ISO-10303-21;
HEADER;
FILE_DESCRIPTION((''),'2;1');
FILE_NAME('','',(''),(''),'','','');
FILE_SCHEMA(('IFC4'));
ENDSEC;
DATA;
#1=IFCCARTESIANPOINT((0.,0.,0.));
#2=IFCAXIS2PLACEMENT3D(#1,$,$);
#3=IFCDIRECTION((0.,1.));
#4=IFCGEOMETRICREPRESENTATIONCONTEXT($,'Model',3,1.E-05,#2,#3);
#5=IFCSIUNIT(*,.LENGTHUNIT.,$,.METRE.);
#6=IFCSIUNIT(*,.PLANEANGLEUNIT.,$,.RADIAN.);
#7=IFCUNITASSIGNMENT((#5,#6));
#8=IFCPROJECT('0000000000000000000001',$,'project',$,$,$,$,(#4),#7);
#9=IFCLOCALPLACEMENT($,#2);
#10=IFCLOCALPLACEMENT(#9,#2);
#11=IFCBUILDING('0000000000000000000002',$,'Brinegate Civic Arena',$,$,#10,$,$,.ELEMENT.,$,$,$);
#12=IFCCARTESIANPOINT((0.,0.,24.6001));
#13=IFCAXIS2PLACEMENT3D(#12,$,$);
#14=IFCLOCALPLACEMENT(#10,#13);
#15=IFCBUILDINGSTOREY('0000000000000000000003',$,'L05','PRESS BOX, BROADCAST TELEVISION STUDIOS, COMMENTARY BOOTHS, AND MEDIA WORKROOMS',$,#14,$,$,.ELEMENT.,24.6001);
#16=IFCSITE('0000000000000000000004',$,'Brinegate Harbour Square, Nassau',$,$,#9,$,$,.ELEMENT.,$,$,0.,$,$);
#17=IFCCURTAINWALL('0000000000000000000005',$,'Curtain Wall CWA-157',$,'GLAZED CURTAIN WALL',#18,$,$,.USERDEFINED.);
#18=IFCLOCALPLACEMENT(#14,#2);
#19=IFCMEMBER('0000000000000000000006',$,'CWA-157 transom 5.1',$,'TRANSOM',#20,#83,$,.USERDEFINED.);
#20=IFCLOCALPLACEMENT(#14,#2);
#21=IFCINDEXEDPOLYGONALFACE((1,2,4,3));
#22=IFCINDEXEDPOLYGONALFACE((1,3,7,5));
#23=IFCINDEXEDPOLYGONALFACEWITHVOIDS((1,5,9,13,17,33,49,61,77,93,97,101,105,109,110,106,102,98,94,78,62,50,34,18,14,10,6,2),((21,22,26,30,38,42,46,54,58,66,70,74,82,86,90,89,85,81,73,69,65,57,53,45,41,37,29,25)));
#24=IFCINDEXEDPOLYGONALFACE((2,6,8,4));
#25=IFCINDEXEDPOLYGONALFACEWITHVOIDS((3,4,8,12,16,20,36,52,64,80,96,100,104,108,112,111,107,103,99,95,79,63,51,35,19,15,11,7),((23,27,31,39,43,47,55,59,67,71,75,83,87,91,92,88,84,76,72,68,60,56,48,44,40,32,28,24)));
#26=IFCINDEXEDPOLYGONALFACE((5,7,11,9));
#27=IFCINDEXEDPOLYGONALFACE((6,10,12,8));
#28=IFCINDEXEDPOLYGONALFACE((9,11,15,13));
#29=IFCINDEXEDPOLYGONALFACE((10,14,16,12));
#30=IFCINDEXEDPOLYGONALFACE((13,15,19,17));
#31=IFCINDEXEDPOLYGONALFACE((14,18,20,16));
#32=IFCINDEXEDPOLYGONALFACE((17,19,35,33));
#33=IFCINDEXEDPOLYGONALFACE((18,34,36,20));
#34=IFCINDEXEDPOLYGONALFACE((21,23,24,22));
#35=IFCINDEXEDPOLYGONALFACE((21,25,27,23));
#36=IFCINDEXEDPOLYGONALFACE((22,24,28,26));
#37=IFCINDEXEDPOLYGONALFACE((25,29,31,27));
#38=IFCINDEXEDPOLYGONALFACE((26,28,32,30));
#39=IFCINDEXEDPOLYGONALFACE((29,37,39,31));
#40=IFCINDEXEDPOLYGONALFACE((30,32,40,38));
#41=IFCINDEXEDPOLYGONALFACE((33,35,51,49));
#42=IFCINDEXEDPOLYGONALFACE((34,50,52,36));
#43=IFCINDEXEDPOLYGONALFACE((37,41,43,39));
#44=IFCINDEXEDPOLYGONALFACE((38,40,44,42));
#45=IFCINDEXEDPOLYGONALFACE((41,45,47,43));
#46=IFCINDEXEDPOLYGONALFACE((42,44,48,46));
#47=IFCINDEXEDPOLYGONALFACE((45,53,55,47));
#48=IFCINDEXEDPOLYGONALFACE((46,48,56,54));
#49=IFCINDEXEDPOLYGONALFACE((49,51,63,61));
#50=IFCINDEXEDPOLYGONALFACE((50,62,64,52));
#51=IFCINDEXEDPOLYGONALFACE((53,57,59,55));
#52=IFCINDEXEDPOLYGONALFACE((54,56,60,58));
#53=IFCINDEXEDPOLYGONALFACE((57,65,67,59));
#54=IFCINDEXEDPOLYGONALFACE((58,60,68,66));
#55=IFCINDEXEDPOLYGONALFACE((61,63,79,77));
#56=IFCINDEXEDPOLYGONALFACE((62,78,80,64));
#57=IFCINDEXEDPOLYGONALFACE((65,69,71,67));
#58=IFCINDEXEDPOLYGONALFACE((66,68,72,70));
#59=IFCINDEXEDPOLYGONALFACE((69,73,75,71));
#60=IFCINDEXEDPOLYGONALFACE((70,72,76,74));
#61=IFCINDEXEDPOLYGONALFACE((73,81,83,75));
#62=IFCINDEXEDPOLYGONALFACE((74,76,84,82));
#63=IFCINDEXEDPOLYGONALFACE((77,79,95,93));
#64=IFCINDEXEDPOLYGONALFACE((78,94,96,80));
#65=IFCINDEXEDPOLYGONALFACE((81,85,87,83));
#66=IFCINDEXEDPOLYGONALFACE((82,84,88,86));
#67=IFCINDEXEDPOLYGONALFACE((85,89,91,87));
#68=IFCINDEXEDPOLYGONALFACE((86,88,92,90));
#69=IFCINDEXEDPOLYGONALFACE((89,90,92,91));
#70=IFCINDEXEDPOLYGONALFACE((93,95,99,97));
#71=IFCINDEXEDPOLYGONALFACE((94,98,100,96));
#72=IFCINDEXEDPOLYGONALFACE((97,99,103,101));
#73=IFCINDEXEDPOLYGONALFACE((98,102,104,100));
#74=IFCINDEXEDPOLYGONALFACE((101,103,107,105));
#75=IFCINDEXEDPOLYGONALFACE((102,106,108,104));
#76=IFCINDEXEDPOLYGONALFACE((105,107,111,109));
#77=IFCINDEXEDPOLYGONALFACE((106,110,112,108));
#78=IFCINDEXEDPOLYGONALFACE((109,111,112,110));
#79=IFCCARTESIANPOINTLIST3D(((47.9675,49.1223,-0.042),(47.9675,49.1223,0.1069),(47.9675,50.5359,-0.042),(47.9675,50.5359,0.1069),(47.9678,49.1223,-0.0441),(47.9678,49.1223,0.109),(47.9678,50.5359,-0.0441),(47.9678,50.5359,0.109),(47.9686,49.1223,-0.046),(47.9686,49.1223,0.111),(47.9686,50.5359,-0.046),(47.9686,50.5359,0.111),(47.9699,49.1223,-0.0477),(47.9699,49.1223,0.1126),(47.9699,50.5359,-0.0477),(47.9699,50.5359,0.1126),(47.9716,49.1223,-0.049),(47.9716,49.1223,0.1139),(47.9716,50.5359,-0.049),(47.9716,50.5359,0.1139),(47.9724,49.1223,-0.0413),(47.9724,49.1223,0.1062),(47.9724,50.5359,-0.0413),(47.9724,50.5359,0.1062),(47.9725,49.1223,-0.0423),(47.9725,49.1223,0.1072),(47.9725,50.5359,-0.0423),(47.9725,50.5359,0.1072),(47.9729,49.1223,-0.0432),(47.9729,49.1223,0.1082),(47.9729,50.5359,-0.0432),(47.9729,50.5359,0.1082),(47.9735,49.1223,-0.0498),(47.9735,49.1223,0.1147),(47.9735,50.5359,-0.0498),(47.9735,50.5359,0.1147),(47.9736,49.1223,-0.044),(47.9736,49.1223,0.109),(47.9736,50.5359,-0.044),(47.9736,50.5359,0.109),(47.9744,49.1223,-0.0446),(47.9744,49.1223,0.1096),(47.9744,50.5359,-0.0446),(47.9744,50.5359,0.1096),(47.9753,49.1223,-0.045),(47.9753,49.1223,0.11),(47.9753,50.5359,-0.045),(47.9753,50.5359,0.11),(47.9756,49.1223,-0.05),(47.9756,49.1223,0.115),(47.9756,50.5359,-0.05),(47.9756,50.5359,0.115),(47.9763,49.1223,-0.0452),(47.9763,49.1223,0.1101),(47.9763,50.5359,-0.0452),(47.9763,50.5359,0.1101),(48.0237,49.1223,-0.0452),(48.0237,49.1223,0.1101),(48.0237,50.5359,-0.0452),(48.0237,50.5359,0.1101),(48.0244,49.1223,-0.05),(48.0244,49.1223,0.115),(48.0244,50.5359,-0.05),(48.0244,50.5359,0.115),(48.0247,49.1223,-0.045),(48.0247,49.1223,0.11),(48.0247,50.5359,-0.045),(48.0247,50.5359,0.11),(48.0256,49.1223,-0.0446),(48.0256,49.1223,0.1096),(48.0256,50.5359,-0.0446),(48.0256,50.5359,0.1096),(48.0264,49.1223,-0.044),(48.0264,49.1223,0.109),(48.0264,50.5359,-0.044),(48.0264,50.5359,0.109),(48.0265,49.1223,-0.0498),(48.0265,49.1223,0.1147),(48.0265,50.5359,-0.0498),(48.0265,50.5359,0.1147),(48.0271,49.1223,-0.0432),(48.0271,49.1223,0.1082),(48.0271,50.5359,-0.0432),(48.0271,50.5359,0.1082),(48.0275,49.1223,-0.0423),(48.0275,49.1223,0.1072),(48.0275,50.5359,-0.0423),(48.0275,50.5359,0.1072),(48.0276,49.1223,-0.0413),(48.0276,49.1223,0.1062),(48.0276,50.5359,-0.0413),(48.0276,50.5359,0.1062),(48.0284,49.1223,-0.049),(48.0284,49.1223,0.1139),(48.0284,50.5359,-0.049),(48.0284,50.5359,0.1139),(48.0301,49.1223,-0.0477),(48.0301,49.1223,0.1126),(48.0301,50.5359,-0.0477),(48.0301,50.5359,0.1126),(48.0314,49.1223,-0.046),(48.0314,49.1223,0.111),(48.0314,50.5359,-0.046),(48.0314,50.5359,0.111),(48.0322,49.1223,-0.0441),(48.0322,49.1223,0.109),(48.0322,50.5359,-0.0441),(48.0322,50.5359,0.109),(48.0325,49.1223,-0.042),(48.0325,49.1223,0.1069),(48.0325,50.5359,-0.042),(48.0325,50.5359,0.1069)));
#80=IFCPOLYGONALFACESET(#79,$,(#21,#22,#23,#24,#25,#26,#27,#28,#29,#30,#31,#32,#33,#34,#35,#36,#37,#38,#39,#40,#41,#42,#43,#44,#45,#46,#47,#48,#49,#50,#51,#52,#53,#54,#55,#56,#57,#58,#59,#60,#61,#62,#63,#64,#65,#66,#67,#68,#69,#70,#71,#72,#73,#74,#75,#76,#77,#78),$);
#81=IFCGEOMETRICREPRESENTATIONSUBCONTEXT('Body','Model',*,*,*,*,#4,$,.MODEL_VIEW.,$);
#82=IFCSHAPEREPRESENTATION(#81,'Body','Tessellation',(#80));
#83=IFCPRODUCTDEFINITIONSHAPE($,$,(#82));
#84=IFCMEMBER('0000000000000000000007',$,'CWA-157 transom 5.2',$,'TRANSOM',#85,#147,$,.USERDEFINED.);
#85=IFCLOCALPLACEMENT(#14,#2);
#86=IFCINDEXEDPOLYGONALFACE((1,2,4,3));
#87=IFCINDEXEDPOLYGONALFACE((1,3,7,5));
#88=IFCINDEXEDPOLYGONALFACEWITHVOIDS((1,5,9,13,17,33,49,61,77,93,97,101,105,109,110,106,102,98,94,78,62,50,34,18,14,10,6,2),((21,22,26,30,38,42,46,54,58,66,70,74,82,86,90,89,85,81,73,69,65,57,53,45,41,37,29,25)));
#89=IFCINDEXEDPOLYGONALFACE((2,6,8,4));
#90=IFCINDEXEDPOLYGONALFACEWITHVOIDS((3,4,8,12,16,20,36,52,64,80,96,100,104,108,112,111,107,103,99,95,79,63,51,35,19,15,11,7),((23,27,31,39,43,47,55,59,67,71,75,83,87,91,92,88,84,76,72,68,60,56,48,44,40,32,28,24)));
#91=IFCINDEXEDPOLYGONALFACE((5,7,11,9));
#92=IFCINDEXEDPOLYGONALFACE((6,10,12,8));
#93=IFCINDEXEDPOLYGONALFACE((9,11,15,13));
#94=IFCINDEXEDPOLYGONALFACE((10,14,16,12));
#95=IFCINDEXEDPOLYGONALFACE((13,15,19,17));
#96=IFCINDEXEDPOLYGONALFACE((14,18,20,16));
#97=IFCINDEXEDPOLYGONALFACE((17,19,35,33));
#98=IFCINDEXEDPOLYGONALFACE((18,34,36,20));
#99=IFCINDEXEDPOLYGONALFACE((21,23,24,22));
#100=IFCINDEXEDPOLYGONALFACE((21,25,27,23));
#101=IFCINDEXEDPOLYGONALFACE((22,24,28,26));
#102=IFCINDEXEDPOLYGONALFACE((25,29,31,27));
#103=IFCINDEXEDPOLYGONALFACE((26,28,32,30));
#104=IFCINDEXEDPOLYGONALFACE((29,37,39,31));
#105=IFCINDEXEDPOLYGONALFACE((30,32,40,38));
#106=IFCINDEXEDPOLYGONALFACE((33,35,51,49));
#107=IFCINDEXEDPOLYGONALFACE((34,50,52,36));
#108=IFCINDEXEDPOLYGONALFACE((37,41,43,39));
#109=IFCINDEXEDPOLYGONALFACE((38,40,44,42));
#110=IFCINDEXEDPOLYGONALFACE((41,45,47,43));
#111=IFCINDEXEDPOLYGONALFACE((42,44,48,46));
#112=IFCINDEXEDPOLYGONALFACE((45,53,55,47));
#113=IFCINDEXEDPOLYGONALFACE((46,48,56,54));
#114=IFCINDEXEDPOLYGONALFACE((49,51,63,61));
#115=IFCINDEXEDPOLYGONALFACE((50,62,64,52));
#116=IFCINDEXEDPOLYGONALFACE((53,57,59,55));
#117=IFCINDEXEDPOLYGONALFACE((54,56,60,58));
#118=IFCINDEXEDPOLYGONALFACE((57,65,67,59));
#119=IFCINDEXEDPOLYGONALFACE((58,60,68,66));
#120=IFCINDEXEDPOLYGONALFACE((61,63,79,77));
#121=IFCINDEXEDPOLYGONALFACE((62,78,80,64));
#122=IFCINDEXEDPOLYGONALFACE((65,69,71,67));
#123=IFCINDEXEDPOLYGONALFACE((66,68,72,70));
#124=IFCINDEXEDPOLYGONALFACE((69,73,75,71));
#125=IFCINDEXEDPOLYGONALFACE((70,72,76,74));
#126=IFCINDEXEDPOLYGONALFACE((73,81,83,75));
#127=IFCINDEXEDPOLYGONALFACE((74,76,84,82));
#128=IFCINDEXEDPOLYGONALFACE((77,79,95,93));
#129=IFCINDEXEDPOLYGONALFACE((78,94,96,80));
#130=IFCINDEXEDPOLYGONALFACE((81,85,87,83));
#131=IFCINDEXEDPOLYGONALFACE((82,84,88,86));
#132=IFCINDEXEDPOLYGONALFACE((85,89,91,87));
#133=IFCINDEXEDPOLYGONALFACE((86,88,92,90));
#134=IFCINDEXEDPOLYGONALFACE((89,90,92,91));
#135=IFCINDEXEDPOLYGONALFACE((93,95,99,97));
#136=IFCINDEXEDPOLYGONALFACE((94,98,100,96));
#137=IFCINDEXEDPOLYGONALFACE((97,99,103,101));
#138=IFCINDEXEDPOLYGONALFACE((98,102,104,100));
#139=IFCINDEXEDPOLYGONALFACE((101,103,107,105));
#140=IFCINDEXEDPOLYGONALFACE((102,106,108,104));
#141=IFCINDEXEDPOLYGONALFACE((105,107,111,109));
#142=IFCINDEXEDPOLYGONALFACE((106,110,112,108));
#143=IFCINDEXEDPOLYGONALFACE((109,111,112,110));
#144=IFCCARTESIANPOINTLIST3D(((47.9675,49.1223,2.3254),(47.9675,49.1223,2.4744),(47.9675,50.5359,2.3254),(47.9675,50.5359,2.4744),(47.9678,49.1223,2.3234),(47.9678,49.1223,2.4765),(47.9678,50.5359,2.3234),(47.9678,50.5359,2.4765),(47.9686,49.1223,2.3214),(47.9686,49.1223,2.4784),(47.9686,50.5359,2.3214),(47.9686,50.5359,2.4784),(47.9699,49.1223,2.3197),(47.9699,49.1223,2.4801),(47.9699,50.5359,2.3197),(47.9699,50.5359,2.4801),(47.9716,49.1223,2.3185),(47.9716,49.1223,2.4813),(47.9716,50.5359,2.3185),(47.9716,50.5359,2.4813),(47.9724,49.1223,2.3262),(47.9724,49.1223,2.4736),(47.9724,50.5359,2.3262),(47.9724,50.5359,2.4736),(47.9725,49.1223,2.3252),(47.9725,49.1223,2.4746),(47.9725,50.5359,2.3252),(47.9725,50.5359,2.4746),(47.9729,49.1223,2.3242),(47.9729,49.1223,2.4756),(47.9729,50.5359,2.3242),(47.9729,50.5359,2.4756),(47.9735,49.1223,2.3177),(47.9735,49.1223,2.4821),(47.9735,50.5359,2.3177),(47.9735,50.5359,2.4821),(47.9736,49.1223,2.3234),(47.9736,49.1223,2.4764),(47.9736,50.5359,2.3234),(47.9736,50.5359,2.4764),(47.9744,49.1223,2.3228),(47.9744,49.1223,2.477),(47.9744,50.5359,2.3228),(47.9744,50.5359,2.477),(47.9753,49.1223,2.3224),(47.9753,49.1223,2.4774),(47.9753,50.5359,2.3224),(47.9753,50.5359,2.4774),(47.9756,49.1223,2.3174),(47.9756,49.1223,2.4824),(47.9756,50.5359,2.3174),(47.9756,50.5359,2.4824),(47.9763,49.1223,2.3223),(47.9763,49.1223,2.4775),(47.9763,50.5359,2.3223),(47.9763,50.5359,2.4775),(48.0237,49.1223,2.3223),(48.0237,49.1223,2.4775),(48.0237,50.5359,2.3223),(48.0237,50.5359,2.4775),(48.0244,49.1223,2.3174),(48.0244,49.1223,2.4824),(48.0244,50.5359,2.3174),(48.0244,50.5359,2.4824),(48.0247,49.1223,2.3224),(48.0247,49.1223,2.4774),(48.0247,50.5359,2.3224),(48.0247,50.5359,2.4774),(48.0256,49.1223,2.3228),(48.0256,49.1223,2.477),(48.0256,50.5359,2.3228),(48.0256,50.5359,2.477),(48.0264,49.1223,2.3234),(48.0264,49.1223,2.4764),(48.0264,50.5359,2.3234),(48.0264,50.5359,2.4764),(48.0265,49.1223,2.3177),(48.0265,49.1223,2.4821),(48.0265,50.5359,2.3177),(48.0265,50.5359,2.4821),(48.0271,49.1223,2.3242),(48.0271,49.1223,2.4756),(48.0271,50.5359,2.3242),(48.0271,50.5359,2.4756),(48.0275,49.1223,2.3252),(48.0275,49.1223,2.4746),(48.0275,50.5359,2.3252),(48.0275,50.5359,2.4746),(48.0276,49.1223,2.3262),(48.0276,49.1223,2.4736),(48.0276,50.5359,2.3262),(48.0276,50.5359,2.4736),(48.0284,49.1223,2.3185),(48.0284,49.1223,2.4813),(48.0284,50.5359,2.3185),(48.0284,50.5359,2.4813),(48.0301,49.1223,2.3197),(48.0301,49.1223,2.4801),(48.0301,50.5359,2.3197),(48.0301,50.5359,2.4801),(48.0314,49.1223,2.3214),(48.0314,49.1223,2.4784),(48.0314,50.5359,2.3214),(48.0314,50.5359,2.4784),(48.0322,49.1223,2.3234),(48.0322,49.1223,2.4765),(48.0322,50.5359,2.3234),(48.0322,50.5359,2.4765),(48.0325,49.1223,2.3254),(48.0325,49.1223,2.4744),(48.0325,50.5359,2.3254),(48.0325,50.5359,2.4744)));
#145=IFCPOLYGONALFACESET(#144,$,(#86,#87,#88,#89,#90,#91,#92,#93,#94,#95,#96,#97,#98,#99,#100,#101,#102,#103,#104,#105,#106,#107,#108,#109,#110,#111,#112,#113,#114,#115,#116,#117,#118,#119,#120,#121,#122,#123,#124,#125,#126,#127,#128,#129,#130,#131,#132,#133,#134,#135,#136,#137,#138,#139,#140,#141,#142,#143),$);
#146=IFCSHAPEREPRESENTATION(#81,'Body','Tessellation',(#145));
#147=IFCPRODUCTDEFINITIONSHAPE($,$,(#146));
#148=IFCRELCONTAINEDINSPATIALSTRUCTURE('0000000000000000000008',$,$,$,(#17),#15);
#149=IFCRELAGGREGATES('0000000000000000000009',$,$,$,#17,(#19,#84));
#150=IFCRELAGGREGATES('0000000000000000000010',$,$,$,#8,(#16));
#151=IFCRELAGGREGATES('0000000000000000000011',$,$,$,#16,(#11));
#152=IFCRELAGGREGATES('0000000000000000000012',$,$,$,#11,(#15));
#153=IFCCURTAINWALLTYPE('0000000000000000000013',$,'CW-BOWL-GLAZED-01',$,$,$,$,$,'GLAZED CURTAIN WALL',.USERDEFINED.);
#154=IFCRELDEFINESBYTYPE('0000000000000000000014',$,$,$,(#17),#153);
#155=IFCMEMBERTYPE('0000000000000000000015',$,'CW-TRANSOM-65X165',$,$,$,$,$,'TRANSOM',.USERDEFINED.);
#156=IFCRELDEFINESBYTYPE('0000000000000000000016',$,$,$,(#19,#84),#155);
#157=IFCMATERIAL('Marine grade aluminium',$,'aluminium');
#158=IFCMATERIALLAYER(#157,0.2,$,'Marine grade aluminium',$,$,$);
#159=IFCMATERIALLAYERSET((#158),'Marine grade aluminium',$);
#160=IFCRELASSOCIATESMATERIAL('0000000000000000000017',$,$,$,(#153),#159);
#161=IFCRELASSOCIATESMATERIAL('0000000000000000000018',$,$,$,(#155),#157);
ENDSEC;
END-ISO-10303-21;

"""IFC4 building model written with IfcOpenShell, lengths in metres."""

from ifc_helpers import new_model, si_unit, direction, frame, origin, origin_2d, place, context, subcontext, project, spatial, hollow_rectangle, extrude, material, layer, layer_set, material_profile, profile_set, type_object, element, aggregate, save


model = new_model("IFC4")

# Units and contexts
model_context = context("Model", 3, precision=1e-05, world=origin(), true_north=direction((0.0, 1.0)))
body_context = subcontext(model_context, "Body", "Model", "MODEL_VIEW")
ifc_project = project(units=[si_unit("LENGTHUNIT", "METRE"), si_unit("PLANEANGLEUNIT", "RADIAN")], contexts=[model_context])

# Site, building, storey
site_placement = place(None, origin())
site = spatial("IfcSite", under=ifc_project, at=site_placement, Name="Brinegate Harbour Square, Nassau", CompositionType="ELEMENT", RefElevation=0.0)
building_placement = place(site_placement, origin())
building = spatial("IfcBuilding", under=site, at=building_placement, Name="Brinegate Civic Arena", CompositionType="ELEMENT")
storey_placement = place(building_placement, frame((0.0, 0.0, 24.6001)))
storey = spatial("IfcBuildingStorey", under=building, at=storey_placement, Name="L05", Description="PRESS BOX, BROADCAST TELEVISION STUDIOS, COMMENTARY BOOTHS, AND MEDIA WORKROOMS", CompositionType="ELEMENT", Elevation=24.6001)

# Curtain wall, members
ifc_material_1 = material(Name="Marine grade aluminium", Category="aluminium")
ifc_layer_1 = layer(ifc_material_1, 0.2, Name="Marine grade aluminium")
ifc_layer_set_1 = layer_set([ifc_layer_1], Name="Marine grade aluminium")
curtain_wall_type = type_object("IfcCurtainWallType", Name="CW-BOWL-GLAZED-01", ElementType="GLAZED CURTAIN WALL", PredefinedType="USERDEFINED", material=ifc_layer_set_1)
curtain_wall_placement = place(storey_placement, origin())
curtain_wall = element("IfcCurtainWall", 1, at=curtain_wall_placement, inside=storey, type_object=curtain_wall_type, Name="Curtain Wall CWA-157", ObjectType="GLAZED CURTAIN WALL", PredefinedType="USERDEFINED")
ifc_material_profile_1 = material_profile(ifc_material_1, hollow_rectangle(XDim=0.0649, YDim=0.165, WallThickness=0.0049, InnerFilletRadius=0.0039, OuterFilletRadius=0.0081, at=origin_2d()), Name="TRN65X165")
ifc_profile_set_1 = profile_set([ifc_material_profile_1], Name="Marine grade aluminium")
member_type_1 = type_object("IfcMemberType", Name="CW-TRANSOM-65X165", ElementType="TRANSOM", PredefinedType="USERDEFINED", material=ifc_profile_set_1)
member_1_placement = place(storey_placement, frame((48.0, 49.1223, 0.0325), z_axis=(0.0, 1.0, 0.0), x_axis=(-1.0, 0.0, 0.0)))
member_1 = element("IfcMember", 2, at=member_1_placement, type_object=member_type_1, Name="CWA-157 transom 5.1", ObjectType="TRANSOM", PredefinedType="USERDEFINED", context=body_context, shape_type="SweptSolid", body=[
    extrude(hollow_rectangle(XDim=0.0649, YDim=0.165, WallThickness=0.0049, InnerFilletRadius=0.0039, OuterFilletRadius=0.0081, at=origin_2d()), origin(), (0.0, 0.0, 1.0), 1.4136),
])
member_2_placement = place(storey_placement, frame((48.0, 49.1223, 2.3999), z_axis=(0.0, 1.0, 0.0), x_axis=(-1.0, 0.0, 0.0)))
member_2 = element("IfcMember", 3, at=member_2_placement, type_object=member_type_1, Name="CWA-157 transom 5.2", ObjectType="TRANSOM", PredefinedType="USERDEFINED", context=body_context, shape_type="SweptSolid", body=[
    extrude(hollow_rectangle(XDim=0.0649, YDim=0.165, WallThickness=0.0049, InnerFilletRadius=0.0039, OuterFilletRadius=0.0081, at=origin_2d()), origin(), (0.0, 0.0, 1.0), 1.4136),
])

aggregate(curtain_wall, [member_1, member_2])

save(model, "model.ifc")
